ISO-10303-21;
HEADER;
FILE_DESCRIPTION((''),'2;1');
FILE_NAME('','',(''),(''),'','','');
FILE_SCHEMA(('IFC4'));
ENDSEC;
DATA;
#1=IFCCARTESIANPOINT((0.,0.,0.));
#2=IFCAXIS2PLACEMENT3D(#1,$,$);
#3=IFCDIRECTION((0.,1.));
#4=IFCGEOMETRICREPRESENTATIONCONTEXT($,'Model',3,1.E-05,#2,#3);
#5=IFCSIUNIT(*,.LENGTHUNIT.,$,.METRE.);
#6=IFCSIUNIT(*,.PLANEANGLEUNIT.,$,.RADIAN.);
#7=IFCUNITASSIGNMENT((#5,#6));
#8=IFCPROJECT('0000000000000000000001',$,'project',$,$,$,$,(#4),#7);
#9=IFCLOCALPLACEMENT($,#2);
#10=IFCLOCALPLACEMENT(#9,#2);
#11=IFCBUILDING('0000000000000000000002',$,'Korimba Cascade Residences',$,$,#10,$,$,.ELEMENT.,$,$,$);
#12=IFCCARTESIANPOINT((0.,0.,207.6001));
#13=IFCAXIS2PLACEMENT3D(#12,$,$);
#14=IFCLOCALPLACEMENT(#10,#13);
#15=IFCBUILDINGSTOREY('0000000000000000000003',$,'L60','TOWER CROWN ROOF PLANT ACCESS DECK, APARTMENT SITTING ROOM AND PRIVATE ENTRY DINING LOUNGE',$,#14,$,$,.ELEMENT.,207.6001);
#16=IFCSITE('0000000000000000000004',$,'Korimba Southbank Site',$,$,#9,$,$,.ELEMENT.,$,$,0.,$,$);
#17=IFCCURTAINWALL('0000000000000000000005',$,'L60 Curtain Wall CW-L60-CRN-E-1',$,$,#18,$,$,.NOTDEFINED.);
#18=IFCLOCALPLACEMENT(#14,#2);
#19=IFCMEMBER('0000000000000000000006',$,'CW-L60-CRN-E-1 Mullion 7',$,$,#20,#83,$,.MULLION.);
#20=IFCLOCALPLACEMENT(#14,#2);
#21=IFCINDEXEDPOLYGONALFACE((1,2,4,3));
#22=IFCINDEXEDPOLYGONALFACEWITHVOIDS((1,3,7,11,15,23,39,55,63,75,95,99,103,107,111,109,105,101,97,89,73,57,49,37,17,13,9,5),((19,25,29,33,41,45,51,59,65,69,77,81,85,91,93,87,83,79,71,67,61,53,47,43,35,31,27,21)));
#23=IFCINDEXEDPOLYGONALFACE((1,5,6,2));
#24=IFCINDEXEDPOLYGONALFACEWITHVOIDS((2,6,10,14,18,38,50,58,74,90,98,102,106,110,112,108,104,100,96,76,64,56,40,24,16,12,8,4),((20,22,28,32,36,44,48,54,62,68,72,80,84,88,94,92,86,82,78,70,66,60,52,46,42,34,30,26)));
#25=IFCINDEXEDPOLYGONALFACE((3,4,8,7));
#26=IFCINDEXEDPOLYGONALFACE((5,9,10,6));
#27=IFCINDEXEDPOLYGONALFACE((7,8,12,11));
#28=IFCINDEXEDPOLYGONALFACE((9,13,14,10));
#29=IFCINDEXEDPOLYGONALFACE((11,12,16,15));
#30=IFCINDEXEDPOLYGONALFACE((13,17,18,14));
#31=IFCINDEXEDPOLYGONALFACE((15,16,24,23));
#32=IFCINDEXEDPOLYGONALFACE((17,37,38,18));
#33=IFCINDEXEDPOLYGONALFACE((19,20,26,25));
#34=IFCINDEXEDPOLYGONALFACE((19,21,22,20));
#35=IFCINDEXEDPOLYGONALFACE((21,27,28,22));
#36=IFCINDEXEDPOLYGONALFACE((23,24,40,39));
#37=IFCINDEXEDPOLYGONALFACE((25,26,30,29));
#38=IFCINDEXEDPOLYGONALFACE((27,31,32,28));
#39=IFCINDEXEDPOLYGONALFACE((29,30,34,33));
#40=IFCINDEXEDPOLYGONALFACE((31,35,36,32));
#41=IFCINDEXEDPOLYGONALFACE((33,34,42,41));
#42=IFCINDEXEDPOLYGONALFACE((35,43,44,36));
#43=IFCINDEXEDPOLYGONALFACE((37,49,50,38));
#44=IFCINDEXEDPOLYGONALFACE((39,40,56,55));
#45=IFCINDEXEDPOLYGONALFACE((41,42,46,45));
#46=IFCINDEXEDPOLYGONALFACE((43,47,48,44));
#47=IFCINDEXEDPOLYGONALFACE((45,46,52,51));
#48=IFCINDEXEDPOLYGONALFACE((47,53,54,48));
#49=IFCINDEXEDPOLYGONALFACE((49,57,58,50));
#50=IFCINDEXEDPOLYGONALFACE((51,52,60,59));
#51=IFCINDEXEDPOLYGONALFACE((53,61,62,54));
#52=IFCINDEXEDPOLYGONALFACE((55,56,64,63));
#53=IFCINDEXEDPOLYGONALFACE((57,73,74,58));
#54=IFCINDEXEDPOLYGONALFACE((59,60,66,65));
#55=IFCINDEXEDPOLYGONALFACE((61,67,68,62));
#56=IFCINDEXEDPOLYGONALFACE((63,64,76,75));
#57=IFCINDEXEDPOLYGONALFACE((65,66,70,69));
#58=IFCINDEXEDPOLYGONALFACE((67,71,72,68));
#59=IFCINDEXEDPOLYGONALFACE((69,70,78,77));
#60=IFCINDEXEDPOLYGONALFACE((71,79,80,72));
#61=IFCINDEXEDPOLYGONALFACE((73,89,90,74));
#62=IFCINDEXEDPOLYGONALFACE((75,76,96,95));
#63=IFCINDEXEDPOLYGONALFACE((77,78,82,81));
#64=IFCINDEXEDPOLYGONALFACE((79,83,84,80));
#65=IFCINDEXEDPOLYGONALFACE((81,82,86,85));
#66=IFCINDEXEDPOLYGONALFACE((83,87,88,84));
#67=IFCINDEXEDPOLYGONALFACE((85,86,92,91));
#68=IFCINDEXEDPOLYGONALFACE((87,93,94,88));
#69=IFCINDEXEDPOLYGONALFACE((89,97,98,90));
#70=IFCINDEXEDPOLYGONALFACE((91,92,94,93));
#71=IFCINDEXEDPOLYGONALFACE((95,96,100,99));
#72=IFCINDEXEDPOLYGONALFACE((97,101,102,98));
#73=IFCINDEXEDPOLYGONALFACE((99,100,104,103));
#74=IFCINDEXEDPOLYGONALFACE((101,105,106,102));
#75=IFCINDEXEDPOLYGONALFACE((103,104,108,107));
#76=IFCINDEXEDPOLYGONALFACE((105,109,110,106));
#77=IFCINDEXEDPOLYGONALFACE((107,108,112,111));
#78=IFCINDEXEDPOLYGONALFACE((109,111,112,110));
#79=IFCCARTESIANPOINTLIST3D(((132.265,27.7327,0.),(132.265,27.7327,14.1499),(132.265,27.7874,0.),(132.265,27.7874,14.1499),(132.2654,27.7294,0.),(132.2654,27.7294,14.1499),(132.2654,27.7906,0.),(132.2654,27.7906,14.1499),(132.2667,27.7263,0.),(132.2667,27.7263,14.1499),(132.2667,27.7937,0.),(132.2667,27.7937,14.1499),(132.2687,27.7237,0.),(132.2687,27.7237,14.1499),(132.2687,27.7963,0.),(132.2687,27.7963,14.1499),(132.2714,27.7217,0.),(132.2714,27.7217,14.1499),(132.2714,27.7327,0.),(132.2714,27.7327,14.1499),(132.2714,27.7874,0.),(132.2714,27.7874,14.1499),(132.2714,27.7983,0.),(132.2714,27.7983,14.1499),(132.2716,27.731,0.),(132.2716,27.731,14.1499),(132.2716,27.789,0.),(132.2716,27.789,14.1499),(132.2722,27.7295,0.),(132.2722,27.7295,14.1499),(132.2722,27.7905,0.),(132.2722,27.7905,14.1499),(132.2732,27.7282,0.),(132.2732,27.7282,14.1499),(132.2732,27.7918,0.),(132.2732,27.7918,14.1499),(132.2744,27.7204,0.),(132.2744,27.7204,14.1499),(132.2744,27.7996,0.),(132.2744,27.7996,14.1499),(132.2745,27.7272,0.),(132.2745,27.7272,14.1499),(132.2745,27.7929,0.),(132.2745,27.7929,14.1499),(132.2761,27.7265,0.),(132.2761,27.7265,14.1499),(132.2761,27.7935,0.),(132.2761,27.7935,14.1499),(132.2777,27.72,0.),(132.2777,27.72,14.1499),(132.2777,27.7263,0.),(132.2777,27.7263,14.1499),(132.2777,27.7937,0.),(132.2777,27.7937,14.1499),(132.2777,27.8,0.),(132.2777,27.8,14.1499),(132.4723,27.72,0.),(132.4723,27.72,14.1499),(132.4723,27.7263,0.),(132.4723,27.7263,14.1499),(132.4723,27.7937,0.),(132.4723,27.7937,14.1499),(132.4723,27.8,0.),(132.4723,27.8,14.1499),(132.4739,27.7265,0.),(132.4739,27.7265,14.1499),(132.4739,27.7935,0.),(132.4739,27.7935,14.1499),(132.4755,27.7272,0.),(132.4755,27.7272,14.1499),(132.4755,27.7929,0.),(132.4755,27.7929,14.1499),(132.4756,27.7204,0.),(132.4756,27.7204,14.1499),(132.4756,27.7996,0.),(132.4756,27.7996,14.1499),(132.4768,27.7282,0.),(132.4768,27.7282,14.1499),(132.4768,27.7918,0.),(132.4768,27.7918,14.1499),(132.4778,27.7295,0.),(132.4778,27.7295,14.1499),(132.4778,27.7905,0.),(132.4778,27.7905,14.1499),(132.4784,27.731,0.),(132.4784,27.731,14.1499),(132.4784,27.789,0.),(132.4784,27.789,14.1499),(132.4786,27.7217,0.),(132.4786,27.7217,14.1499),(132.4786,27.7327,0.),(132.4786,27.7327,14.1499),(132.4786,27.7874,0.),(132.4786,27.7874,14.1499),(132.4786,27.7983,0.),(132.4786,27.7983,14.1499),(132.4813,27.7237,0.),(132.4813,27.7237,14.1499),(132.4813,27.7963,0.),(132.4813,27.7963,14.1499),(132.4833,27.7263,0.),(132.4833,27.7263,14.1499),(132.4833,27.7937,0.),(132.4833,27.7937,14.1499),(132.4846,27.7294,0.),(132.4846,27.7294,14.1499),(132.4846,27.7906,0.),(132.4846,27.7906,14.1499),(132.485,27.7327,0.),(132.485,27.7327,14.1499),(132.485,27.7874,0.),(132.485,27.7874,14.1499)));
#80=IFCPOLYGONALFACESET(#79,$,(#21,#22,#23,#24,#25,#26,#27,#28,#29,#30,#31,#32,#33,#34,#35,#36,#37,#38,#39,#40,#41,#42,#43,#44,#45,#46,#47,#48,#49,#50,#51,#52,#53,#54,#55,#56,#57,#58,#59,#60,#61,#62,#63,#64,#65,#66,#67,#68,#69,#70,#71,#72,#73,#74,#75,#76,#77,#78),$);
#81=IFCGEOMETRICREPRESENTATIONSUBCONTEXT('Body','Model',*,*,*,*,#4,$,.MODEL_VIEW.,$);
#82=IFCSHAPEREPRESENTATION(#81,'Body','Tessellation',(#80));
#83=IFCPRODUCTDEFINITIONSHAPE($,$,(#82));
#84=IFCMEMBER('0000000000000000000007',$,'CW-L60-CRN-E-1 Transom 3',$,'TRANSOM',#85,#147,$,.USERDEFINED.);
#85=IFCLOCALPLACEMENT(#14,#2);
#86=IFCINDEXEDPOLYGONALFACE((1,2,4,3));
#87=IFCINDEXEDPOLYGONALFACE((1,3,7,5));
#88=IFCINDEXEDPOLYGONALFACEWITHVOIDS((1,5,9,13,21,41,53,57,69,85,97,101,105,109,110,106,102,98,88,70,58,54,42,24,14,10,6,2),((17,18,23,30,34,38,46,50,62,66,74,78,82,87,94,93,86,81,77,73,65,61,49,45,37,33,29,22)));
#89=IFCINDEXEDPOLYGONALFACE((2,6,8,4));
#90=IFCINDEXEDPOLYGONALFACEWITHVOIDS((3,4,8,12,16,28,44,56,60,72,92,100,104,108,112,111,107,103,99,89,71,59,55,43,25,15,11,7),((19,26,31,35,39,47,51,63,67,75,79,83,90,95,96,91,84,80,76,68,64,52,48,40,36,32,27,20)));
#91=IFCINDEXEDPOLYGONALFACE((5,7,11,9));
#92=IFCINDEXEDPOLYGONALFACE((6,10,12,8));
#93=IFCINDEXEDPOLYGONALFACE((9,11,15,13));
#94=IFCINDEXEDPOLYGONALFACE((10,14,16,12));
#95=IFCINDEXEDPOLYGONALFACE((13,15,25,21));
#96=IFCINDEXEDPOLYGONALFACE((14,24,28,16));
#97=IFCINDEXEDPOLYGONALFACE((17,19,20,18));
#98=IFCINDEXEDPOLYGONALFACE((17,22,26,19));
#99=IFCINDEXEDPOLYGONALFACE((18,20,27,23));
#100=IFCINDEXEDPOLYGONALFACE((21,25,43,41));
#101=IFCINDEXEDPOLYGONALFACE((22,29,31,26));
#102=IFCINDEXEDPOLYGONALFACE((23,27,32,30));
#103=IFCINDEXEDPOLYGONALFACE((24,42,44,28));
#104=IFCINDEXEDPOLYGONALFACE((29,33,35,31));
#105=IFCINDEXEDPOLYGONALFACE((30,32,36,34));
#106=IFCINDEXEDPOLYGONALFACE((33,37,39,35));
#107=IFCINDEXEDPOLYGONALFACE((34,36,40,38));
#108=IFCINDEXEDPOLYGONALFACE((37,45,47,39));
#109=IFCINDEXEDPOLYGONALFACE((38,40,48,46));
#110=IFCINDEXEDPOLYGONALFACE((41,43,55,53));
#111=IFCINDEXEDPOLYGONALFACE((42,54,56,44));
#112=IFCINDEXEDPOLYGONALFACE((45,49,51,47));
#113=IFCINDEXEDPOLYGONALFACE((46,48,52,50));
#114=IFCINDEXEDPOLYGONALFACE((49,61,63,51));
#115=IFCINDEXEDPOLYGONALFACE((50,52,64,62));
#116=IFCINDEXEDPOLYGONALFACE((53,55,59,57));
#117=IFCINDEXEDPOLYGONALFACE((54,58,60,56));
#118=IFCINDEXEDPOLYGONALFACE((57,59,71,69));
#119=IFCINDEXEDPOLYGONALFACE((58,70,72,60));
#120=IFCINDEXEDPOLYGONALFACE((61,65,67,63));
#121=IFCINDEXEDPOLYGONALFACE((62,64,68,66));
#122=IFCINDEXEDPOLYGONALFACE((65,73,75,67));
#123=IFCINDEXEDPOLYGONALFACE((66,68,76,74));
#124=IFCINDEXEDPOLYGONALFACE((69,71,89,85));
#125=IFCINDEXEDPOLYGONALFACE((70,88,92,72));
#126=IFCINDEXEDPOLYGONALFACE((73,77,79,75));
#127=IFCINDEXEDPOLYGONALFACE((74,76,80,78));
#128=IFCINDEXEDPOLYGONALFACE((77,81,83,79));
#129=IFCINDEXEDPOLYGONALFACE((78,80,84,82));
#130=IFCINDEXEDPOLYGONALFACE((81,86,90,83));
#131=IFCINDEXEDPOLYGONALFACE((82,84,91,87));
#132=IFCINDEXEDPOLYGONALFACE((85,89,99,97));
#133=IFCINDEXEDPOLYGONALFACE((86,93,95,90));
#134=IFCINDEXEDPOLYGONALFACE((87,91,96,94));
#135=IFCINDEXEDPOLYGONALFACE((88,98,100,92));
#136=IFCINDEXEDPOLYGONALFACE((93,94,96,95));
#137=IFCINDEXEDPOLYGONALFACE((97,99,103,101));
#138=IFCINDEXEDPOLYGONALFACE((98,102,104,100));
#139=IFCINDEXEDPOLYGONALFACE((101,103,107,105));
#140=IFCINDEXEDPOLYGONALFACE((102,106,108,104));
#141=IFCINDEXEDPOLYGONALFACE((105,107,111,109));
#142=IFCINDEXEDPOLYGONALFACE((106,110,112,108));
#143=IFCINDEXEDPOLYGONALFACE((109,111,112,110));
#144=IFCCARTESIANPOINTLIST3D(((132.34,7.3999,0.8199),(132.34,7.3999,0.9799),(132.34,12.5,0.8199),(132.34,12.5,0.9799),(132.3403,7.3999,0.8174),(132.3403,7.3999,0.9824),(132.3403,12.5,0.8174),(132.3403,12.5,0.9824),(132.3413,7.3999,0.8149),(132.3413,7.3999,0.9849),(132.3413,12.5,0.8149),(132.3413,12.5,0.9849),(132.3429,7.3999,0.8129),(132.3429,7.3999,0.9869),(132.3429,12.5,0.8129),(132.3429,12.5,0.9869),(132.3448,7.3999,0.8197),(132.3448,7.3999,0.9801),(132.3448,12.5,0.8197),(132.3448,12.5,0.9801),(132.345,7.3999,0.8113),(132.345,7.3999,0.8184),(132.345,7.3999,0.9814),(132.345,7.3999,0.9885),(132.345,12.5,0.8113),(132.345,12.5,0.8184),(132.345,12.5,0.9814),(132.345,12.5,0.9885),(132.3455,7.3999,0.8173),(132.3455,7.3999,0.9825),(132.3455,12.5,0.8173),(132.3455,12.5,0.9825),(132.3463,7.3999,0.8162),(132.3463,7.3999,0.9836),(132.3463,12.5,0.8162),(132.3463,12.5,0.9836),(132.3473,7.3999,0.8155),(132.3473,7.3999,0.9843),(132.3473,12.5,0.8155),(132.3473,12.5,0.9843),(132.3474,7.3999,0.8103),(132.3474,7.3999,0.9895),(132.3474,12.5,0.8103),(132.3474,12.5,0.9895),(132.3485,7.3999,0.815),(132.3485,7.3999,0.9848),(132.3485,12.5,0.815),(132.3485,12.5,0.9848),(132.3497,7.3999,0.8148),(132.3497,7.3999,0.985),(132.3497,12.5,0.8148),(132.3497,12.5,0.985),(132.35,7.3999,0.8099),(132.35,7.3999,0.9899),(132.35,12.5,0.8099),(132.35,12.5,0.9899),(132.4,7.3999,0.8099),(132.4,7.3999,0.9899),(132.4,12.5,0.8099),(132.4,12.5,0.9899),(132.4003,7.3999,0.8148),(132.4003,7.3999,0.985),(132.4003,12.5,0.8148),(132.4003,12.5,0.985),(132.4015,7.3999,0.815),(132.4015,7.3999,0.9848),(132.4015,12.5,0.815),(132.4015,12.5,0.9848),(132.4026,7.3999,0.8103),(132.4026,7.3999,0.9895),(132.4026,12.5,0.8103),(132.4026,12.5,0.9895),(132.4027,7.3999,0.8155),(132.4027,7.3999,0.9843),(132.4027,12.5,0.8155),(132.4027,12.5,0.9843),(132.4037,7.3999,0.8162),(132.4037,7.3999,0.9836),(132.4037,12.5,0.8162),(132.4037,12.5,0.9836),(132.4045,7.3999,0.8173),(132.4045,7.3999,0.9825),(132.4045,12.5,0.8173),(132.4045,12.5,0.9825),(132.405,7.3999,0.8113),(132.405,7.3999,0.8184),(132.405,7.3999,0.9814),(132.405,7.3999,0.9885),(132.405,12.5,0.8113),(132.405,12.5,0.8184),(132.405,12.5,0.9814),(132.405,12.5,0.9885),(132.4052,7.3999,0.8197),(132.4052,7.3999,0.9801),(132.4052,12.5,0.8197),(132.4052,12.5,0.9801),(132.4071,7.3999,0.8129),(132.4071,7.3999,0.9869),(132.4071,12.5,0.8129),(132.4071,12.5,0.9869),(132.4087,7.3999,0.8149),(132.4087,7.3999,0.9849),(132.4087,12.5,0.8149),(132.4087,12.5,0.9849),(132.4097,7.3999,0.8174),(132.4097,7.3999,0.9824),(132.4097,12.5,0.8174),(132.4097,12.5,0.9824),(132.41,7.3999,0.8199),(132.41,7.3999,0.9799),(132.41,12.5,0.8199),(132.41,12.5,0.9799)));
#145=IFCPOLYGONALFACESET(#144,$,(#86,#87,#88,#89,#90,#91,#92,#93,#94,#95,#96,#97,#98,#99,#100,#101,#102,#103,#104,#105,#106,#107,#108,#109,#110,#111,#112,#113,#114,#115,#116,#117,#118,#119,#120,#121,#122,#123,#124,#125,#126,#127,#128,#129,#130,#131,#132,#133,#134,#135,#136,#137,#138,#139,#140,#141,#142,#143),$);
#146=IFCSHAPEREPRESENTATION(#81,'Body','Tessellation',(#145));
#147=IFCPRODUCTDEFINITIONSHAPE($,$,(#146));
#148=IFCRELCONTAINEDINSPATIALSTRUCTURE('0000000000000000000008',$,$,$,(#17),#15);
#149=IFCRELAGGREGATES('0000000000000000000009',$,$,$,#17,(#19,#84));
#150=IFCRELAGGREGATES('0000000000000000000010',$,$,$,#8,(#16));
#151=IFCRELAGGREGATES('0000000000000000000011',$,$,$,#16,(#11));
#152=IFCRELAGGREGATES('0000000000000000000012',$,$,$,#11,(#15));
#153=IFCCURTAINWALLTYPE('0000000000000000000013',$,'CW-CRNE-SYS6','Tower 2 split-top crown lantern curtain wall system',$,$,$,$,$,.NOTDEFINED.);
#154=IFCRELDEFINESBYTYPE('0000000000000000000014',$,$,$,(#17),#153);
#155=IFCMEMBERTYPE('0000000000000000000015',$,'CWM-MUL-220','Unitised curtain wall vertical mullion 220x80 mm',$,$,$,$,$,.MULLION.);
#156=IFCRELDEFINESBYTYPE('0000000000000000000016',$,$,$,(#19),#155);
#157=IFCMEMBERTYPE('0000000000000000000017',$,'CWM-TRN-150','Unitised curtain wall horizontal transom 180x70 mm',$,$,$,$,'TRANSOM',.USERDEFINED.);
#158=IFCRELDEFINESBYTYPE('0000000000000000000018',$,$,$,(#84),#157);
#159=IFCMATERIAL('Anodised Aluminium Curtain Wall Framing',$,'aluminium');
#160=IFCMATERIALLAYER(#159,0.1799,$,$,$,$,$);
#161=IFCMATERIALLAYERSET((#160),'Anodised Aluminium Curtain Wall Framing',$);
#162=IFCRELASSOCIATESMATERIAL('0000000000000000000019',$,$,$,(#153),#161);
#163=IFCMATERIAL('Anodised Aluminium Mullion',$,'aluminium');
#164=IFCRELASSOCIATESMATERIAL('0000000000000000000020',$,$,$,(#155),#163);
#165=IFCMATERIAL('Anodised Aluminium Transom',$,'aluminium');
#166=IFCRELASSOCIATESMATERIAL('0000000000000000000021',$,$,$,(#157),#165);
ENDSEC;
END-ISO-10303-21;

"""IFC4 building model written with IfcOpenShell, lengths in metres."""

from ifc_helpers import new_model, si_unit, direction, frame, origin, origin_2d, place, context, subcontext, project, spatial, hollow_rectangle, extrude, material, layer, layer_set, material_profile, profile_set, type_object, element, aggregate, save


model = new_model("IFC4")

# Units and contexts
model_context = context("Model", 3, precision=1e-05, world=origin(), true_north=direction((0.0, 1.0)))
body_context = subcontext(model_context, "Body", "Model", "MODEL_VIEW")
ifc_project = project(units=[si_unit("LENGTHUNIT", "METRE"), si_unit("PLANEANGLEUNIT", "RADIAN")], contexts=[model_context])

# Site, building, storey
site_placement = place(None, origin())
site = spatial("IfcSite", under=ifc_project, at=site_placement, Name="Korimba Southbank Site", CompositionType="ELEMENT", RefElevation=0.0)
building_placement = place(site_placement, origin())
building = spatial("IfcBuilding", under=site, at=building_placement, Name="Korimba Cascade Residences", CompositionType="ELEMENT")
storey_placement = place(building_placement, frame((0.0, 0.0, 207.6001)))
storey = spatial("IfcBuildingStorey", under=building, at=storey_placement, Name="L60", Description="TOWER CROWN ROOF PLANT ACCESS DECK, APARTMENT SITTING ROOM AND PRIVATE ENTRY DINING LOUNGE", CompositionType="ELEMENT", Elevation=207.6001)

# Curtain wall, members
ifc_material_1 = material(Name="Anodised Aluminium Curtain Wall Framing", Category="aluminium")
ifc_layer_1 = layer(ifc_material_1, 0.1799)
ifc_layer_set_1 = layer_set([ifc_layer_1], Name="Anodised Aluminium Curtain Wall Framing")
curtain_wall_type = type_object("IfcCurtainWallType", Name="CW-CRNE-SYS6", Description="Tower 2 split-top crown lantern curtain wall system", PredefinedType="NOTDEFINED", material=ifc_layer_set_1)
curtain_wall_placement = place(storey_placement, origin())
curtain_wall = element("IfcCurtainWall", 1, at=curtain_wall_placement, inside=storey, type_object=curtain_wall_type, Name="L60 Curtain Wall CW-L60-CRN-E-1", PredefinedType="NOTDEFINED")
ifc_material_2 = material(Name="Anodised Aluminium Mullion", Category="aluminium")
ifc_material_profile_1 = material_profile(ifc_material_2, hollow_rectangle(XDim=0.0801, YDim=0.22, WallThickness=0.0063, InnerFilletRadius=0.0063, OuterFilletRadius=0.0127, at=origin_2d()), Name="Anodised Aluminium Mullion")
ifc_profile_set_1 = profile_set([ifc_material_profile_1], Name="Anodised Aluminium Mullion")
member_type_1 = type_object("IfcMemberType", Name="CWM-MUL-220", Description="Unitised curtain wall vertical mullion 220x80 mm", PredefinedType="MULLION", material=ifc_profile_set_1)
member_1_placement = place(storey_placement, frame((132.375, 27.76, 0.0), z_axis=(0.0, 0.0, 1.0), x_axis=(0.0, 1.0, 0.0)))
member_1 = element("IfcMember", 2, at=member_1_placement, type_object=member_type_1, Name="CW-L60-CRN-E-1 Mullion 7", PredefinedType="MULLION", context=body_context, shape_type="SweptSolid", body=[
    extrude(hollow_rectangle(XDim=0.0801, YDim=0.22, WallThickness=0.0063, InnerFilletRadius=0.0063, OuterFilletRadius=0.0127, at=origin_2d()), origin(), (0.0, 0.0, 1.0), 14.1499),
])
ifc_material_3 = material(Name="Anodised Aluminium Transom", Category="aluminium")
ifc_material_profile_2 = material_profile(ifc_material_3, hollow_rectangle(XDim=0.0701, YDim=0.1799, WallThickness=0.0049, InnerFilletRadius=0.0049, OuterFilletRadius=0.01, at=origin_2d()), Name="Anodised Aluminium Transom")
ifc_profile_set_2 = profile_set([ifc_material_profile_2], Name="Anodised Aluminium Transom")
member_type_2 = type_object("IfcMemberType", Name="CWM-TRN-150", Description="Unitised curtain wall horizontal transom 180x70 mm", ElementType="TRANSOM", PredefinedType="USERDEFINED", material=ifc_profile_set_2)
member_2_placement = place(storey_placement, frame((132.375, 7.3999, 0.8999), z_axis=(0.0, 1.0, 0.0), x_axis=(-1.0, 0.0, 0.0)))
member_2 = element("IfcMember", 3, at=member_2_placement, type_object=member_type_2, Name="CW-L60-CRN-E-1 Transom 3", ObjectType="TRANSOM", PredefinedType="USERDEFINED", context=body_context, shape_type="SweptSolid", body=[
    extrude(hollow_rectangle(XDim=0.0701, YDim=0.1799, WallThickness=0.0049, InnerFilletRadius=0.0049, OuterFilletRadius=0.01, at=origin_2d()), origin(), (0.0, 0.0, 1.0), 5.1001),
])

aggregate(curtain_wall, [member_1, member_2])

save(model, "model.ifc")
